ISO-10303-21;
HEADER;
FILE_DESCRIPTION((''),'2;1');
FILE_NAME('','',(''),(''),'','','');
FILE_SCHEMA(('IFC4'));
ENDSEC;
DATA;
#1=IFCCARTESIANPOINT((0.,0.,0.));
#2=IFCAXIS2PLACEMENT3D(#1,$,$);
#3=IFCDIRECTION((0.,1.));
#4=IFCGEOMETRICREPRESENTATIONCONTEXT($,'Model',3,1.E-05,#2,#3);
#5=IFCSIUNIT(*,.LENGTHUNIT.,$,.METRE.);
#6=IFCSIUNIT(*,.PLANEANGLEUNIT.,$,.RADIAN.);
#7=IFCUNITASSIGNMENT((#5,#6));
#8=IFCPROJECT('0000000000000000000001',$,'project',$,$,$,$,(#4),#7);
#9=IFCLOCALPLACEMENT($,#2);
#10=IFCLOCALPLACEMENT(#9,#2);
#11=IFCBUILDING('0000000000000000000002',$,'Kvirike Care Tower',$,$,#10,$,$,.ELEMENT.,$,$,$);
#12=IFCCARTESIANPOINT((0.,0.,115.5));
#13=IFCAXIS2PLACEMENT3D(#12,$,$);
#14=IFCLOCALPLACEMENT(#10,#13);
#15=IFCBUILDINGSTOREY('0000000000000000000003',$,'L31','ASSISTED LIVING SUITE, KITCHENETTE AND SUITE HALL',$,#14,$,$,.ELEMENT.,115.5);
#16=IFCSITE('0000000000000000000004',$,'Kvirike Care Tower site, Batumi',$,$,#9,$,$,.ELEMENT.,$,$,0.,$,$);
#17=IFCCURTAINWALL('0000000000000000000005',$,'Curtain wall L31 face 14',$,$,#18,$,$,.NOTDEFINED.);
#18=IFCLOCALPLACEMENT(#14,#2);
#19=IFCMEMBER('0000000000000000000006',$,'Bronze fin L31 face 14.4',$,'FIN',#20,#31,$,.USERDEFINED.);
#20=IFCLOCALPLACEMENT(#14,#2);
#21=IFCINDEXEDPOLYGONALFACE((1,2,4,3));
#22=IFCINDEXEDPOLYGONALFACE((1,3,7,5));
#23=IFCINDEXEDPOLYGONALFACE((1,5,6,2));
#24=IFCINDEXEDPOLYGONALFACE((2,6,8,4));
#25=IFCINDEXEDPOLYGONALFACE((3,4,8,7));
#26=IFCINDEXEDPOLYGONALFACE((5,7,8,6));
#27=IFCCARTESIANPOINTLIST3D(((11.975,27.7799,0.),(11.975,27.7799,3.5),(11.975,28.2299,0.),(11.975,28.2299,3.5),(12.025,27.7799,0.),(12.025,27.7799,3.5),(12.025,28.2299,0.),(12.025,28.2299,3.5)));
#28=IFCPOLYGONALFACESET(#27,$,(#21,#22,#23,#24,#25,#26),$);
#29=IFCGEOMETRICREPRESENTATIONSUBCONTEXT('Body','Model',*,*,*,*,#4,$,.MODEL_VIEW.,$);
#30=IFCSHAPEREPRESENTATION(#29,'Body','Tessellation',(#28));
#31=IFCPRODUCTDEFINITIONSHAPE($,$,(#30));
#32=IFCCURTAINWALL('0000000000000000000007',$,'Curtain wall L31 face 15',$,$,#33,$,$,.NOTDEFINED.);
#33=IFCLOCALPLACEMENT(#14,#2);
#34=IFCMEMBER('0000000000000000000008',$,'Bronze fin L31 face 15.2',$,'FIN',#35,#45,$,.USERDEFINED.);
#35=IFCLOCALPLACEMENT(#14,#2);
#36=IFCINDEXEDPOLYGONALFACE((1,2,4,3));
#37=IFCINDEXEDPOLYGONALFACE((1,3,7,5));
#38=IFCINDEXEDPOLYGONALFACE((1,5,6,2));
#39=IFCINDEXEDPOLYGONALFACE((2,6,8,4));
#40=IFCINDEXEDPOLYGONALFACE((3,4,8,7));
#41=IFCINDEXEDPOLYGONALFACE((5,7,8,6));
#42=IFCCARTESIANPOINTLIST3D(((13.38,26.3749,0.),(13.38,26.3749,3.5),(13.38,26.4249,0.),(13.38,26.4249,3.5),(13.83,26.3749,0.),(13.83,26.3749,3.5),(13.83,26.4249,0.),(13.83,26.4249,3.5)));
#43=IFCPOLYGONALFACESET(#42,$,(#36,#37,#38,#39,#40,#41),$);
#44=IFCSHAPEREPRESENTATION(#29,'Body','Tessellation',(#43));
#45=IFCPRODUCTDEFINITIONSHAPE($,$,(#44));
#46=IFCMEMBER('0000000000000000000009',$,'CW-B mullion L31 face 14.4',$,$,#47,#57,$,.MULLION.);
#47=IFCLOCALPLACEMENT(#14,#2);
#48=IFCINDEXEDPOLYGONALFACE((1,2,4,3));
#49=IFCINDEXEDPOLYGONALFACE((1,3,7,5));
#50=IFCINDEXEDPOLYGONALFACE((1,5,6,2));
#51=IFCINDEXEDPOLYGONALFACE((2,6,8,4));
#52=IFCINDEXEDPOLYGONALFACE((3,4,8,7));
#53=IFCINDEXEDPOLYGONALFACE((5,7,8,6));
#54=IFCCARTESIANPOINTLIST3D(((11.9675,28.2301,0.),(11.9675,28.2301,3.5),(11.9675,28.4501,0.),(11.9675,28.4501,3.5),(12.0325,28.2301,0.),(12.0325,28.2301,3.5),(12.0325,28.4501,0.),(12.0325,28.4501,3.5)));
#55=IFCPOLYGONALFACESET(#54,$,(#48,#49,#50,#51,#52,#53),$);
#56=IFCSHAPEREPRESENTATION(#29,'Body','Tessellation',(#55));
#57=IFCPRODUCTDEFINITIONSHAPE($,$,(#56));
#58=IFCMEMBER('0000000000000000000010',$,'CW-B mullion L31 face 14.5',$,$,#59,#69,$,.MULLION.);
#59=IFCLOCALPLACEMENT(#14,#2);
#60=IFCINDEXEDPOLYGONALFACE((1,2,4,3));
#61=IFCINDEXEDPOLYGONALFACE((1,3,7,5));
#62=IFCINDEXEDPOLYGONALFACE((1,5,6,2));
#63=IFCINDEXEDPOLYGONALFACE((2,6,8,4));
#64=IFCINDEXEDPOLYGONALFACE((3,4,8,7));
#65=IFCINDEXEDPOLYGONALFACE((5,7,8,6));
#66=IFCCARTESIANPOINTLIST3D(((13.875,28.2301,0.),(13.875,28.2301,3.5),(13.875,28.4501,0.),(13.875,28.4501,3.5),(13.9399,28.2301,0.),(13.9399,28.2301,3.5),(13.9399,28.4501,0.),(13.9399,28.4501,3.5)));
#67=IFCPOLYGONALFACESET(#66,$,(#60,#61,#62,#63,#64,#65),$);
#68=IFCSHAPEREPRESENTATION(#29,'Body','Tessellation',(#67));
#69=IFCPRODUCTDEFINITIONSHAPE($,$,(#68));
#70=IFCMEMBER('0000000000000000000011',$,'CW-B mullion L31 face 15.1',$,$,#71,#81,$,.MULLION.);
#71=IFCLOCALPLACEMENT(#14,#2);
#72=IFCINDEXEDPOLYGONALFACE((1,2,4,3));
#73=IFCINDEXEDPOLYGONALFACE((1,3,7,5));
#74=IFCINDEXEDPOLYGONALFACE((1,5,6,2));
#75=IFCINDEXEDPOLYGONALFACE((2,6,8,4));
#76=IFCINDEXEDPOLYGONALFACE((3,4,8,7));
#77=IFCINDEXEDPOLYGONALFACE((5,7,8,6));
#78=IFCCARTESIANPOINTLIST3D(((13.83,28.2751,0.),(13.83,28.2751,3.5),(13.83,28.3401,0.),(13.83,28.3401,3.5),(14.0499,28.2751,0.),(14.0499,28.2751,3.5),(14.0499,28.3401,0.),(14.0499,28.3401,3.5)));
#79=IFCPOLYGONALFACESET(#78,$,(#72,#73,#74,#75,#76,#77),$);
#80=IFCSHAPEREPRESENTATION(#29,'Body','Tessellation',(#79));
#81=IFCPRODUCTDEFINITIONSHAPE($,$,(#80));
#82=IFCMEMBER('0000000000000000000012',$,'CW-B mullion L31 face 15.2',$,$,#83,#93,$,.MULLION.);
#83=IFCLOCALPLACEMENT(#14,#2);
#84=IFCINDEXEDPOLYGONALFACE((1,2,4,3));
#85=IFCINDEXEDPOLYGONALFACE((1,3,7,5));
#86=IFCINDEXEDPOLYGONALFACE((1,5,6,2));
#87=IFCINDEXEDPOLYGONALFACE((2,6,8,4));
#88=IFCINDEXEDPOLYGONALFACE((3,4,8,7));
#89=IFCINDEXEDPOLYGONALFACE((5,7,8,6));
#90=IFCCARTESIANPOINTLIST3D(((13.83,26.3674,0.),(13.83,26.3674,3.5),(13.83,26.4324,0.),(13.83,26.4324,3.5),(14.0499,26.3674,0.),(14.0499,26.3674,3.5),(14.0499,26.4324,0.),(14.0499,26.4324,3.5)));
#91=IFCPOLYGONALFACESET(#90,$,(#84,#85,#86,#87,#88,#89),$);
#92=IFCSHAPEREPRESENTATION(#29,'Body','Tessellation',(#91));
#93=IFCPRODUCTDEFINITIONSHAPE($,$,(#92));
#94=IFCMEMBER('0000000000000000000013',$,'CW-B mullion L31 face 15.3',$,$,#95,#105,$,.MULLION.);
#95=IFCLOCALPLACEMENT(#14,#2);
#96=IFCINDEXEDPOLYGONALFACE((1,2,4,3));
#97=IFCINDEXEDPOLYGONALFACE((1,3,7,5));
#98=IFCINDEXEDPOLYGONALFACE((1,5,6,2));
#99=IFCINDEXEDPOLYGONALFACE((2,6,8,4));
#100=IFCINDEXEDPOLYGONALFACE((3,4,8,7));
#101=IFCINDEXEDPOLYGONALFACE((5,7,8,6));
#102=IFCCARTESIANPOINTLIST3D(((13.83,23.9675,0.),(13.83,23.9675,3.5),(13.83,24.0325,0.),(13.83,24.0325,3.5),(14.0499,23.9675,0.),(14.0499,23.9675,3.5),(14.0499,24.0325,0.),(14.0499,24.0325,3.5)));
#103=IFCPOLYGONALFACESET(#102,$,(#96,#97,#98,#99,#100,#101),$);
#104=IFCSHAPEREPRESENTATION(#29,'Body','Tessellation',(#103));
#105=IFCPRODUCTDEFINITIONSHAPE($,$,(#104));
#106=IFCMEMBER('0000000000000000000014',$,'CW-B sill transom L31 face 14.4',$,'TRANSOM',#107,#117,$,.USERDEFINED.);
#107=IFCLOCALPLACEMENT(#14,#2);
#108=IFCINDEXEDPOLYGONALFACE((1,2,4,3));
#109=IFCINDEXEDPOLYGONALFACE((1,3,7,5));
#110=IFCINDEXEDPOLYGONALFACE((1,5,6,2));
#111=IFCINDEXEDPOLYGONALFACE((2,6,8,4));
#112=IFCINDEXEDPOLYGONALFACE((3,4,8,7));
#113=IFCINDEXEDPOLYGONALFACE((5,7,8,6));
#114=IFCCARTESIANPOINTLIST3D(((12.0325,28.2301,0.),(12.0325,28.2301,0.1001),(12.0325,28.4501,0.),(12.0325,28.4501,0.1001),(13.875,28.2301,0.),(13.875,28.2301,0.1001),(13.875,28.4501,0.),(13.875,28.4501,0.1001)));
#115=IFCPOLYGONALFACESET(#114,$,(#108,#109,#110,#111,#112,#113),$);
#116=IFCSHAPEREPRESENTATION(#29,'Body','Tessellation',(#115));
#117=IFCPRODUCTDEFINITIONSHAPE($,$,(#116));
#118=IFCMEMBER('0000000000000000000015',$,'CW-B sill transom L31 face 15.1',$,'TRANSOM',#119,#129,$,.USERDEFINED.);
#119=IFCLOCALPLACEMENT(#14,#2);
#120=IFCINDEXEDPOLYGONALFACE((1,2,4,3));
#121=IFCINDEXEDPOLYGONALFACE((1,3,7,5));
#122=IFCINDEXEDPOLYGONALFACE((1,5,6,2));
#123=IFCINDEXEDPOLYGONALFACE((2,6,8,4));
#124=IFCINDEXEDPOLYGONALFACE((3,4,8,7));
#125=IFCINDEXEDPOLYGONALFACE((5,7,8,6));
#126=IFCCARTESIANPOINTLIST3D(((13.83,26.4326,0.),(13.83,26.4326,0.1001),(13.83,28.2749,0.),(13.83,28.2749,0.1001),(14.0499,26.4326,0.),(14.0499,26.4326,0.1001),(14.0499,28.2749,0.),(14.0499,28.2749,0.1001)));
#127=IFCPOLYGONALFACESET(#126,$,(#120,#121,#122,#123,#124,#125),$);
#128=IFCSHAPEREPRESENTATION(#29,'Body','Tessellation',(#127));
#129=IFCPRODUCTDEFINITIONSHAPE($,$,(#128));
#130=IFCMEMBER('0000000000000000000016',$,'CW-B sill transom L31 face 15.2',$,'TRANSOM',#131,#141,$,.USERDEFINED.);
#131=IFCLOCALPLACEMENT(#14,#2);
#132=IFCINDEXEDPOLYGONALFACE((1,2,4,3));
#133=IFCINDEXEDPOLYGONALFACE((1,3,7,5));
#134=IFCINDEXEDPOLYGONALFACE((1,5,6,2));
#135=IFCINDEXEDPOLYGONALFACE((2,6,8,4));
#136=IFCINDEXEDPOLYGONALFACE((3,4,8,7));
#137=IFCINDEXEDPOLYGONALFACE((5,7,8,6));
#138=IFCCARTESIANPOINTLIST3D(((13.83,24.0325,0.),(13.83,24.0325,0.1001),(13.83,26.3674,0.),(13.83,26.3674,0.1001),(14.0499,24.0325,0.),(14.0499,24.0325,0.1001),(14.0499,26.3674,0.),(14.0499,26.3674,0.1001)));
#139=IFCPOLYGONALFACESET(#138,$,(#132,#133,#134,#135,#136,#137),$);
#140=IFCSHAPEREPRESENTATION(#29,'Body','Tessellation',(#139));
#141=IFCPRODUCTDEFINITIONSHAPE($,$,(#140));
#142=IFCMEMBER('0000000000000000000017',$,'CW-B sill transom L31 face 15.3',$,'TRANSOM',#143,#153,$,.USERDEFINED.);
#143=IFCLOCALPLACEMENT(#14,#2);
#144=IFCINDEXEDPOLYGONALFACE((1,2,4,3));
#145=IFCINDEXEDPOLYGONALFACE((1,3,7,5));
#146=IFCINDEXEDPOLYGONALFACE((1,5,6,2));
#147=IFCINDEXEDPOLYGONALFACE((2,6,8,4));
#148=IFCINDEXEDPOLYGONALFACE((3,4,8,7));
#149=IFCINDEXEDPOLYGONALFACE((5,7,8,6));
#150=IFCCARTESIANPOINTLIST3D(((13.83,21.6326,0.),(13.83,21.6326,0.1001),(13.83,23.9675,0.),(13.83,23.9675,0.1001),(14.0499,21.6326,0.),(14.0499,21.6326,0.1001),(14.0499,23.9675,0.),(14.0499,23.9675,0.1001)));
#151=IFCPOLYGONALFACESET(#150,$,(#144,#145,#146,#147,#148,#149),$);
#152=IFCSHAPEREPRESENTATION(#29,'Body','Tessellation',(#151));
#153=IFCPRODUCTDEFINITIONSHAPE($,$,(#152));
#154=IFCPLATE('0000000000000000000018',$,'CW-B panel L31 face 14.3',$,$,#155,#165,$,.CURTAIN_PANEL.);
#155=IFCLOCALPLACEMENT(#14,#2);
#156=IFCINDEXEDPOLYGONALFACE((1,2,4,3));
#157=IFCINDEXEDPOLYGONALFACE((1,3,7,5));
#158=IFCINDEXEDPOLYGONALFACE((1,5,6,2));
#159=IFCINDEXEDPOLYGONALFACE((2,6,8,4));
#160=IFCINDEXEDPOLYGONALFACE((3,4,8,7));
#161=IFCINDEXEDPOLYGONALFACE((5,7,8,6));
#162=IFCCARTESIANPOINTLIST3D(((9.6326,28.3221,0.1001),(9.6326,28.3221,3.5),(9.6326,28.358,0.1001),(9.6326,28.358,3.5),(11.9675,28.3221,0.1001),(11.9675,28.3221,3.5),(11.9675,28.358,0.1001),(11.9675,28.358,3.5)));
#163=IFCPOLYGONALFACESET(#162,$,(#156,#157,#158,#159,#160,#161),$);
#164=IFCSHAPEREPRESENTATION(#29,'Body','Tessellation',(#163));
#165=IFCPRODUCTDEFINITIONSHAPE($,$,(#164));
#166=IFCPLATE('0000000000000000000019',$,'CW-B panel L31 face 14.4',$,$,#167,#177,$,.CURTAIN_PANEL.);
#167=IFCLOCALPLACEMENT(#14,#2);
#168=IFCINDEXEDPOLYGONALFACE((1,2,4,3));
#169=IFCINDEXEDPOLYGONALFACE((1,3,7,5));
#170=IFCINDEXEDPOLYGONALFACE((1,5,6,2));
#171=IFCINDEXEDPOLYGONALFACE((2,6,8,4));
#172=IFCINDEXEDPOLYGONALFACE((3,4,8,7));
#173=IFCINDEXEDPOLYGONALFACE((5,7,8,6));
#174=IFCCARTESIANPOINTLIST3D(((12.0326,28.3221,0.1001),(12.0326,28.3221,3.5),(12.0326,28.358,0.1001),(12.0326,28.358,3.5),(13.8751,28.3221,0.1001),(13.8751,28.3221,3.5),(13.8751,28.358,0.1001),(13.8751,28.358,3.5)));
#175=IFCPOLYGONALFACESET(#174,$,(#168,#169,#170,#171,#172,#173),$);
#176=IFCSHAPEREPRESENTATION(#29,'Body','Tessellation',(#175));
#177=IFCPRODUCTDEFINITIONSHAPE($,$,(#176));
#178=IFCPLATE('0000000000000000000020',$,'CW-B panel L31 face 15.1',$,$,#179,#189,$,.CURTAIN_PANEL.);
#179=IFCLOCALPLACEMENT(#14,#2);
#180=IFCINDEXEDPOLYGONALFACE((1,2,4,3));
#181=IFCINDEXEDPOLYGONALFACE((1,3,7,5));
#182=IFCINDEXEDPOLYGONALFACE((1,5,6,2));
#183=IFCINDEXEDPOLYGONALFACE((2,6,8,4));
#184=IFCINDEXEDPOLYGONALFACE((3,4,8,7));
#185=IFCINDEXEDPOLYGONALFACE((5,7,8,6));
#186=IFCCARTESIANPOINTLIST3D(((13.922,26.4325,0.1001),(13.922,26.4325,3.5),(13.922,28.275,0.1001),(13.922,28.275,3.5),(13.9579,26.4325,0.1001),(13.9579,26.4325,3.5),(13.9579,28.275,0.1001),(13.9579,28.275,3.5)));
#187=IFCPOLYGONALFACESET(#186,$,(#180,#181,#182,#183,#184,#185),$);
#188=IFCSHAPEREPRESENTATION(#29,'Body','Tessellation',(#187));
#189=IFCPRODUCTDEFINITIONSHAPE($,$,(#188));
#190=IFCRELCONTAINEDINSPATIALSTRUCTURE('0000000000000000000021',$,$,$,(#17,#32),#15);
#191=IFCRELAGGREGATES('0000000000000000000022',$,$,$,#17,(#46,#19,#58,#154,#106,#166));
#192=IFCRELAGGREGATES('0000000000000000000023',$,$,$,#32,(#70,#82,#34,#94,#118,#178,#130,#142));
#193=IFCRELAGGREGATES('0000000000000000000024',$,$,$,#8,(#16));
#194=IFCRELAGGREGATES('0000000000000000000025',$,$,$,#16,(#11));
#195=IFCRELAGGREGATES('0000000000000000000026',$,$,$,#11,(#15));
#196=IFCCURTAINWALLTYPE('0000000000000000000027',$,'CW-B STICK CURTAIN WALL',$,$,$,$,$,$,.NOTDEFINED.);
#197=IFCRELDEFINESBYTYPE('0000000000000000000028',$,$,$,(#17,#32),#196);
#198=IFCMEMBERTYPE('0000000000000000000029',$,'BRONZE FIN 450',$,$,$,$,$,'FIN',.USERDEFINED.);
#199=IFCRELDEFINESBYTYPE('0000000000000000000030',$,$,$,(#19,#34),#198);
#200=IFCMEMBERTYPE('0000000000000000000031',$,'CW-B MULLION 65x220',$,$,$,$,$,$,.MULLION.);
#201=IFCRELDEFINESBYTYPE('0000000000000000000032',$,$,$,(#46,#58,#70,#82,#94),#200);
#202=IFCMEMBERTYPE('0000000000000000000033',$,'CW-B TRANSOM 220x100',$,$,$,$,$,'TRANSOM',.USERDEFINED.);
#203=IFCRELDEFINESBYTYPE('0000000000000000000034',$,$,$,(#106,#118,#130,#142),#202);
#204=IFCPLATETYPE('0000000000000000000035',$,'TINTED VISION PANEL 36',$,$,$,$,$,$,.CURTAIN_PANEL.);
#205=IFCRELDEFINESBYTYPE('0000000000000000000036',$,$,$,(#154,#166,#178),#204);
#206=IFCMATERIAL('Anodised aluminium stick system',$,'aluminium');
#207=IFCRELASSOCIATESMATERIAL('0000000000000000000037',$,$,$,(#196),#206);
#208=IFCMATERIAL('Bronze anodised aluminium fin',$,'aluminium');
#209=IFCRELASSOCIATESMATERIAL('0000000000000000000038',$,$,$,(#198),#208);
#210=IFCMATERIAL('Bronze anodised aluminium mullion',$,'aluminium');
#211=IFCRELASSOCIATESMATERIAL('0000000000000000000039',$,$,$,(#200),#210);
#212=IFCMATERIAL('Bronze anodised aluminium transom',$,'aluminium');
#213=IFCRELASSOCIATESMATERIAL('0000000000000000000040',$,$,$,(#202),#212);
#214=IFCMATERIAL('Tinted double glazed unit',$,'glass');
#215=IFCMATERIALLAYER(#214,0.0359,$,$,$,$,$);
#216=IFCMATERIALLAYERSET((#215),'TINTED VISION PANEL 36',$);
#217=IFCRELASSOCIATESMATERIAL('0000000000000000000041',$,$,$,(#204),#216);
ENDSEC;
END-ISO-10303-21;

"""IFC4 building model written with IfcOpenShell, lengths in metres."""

from ifc_helpers import new_model, si_unit, direction, frame, origin, origin_2d, place, context, subcontext, project, spatial, rectangle, extrude, material, layer, layer_set, material_profile, profile_set, type_object, element, aggregate, save


model = new_model("IFC4")

# Units and contexts
model_context = context("Model", 3, precision=1e-05, world=origin(), true_north=direction((0.0, 1.0)))
body_context = subcontext(model_context, "Body", "Model", "MODEL_VIEW")
ifc_project = project(units=[si_unit("LENGTHUNIT", "METRE"), si_unit("PLANEANGLEUNIT", "RADIAN")], contexts=[model_context])

# Site, building, storey
site_placement = place(None, origin())
site = spatial("IfcSite", under=ifc_project, at=site_placement, Name="Kvirike Care Tower site, Batumi", CompositionType="ELEMENT", RefElevation=0.0)
building_placement = place(site_placement, origin())
building = spatial("IfcBuilding", under=site, at=building_placement, Name="Kvirike Care Tower", CompositionType="ELEMENT")
storey_placement = place(building_placement, frame((0.0, 0.0, 115.5)))
storey = spatial("IfcBuildingStorey", under=building, at=storey_placement, Name="L31", Description="ASSISTED LIVING SUITE, KITCHENETTE AND SUITE HALL", CompositionType="ELEMENT", Elevation=115.5)

# Curtain walls, members
ifc_material_1 = material(Name="Anodised aluminium stick system", Category="aluminium")
curtain_wall_type = type_object("IfcCurtainWallType", Name="CW-B STICK CURTAIN WALL", PredefinedType="NOTDEFINED", material=ifc_material_1)
curtain_wall_1_placement = place(storey_placement, origin())
curtain_wall_1 = element("IfcCurtainWall", 1, at=curtain_wall_1_placement, inside=storey, type_object=curtain_wall_type, Name="Curtain wall L31 face 14", PredefinedType="NOTDEFINED")
ifc_material_2 = material(Name="Bronze anodised aluminium fin", Category="aluminium")
ifc_material_profile_1 = material_profile(ifc_material_2, rectangle(XDim=0.05, YDim=0.45, at=origin_2d()), Name="BRONZE FIN 450")
ifc_profile_set_1 = profile_set([ifc_material_profile_1], Name="Bronze anodised aluminium fin")
member_type_1 = type_object("IfcMemberType", Name="BRONZE FIN 450", ElementType="FIN", PredefinedType="USERDEFINED", material=ifc_profile_set_1)
member_1_placement = place(storey_placement, frame((12.0, 28.0049, 0.0), z_axis=(0.0, 0.0, 1.0), x_axis=(1.0, 0.0, 0.0)))
member_1 = element("IfcMember", 2, at=member_1_placement, type_object=member_type_1, Name="Bronze fin L31 face 14.4", ObjectType="FIN", PredefinedType="USERDEFINED", context=body_context, shape_type="SweptSolid", body=[
    extrude(rectangle(XDim=0.05, YDim=0.45, at=origin_2d()), origin(), (0.0, 0.0, 1.0), 3.5),
])
curtain_wall_2_placement = place(storey_placement, origin())
curtain_wall_2 = element("IfcCurtainWall", 3, at=curtain_wall_2_placement, inside=storey, type_object=curtain_wall_type, Name="Curtain wall L31 face 15", PredefinedType="NOTDEFINED")
member_2_placement = place(storey_placement, frame((13.605, 26.3999, 0.0), z_axis=(0.0, 0.0, 1.0), x_axis=(0.0, -1.0, 0.0)))
member_2 = element("IfcMember", 4, at=member_2_placement, type_object=member_type_1, Name="Bronze fin L31 face 15.2", ObjectType="FIN", PredefinedType="USERDEFINED", context=body_context, shape_type="SweptSolid", body=[
    extrude(rectangle(XDim=0.05, YDim=0.45, at=origin_2d()), origin(), (0.0, 0.0, 1.0), 3.5),
])

# Members
ifc_material_3 = material(Name="Bronze anodised aluminium mullion", Category="aluminium")
ifc_material_profile_2 = material_profile(ifc_material_3, rectangle(XDim=0.0649, YDim=0.22, at=origin_2d()), Name="CW-B MULLION 65x220")
ifc_profile_set_2 = profile_set([ifc_material_profile_2], Name="Bronze anodised aluminium mullion")
member_type_2 = type_object("IfcMemberType", Name="CW-B MULLION 65x220", PredefinedType="MULLION", material=ifc_profile_set_2)
member_3_placement = place(storey_placement, frame((12.0, 28.3401, 0.0), z_axis=(0.0, 0.0, 1.0), x_axis=(1.0, 0.0, 0.0)))
member_3 = element("IfcMember", 5, at=member_3_placement, type_object=member_type_2, Name="CW-B mullion L31 face 14.4", PredefinedType="MULLION", context=body_context, shape_type="SweptSolid", body=[
    extrude(rectangle(XDim=0.0649, YDim=0.22, at=origin_2d()), origin(), (0.0, 0.0, 1.0), 3.5),
])
member_4_placement = place(storey_placement, frame((13.9075, 28.3401, 0.0), z_axis=(0.0, 0.0, 1.0), x_axis=(1.0, 0.0, 0.0)))
member_4 = element("IfcMember", 6, at=member_4_placement, type_object=member_type_2, Name="CW-B mullion L31 face 14.5", PredefinedType="MULLION", context=body_context, shape_type="SweptSolid", body=[
    extrude(rectangle(XDim=0.0649, YDim=0.22, at=origin_2d()), origin(), (0.0, 0.0, 1.0), 3.5),
])
member_5_placement = place(storey_placement, frame((13.9399, 28.3076, 0.0), z_axis=(0.0, 0.0, 1.0), x_axis=(0.0, -1.0, 0.0)))
member_5 = element("IfcMember", 7, at=member_5_placement, type_object=member_type_2, Name="CW-B mullion L31 face 15.1", PredefinedType="MULLION", context=body_context, shape_type="SweptSolid", body=[
    extrude(rectangle(XDim=0.0649, YDim=0.22, at=origin_2d()), origin(), (0.0, 0.0, 1.0), 3.5),
])
member_6_placement = place(storey_placement, frame((13.9399, 26.3999, 0.0), z_axis=(0.0, 0.0, 1.0), x_axis=(0.0, -1.0, 0.0)))
member_6 = element("IfcMember", 8, at=member_6_placement, type_object=member_type_2, Name="CW-B mullion L31 face 15.2", PredefinedType="MULLION", context=body_context, shape_type="SweptSolid", body=[
    extrude(rectangle(XDim=0.0649, YDim=0.22, at=origin_2d()), origin(), (0.0, 0.0, 1.0), 3.5),
])
member_7_placement = place(storey_placement, frame((13.9399, 24.0, 0.0), z_axis=(0.0, 0.0, 1.0), x_axis=(0.0, -1.0, 0.0)))
member_7 = element("IfcMember", 9, at=member_7_placement, type_object=member_type_2, Name="CW-B mullion L31 face 15.3", PredefinedType="MULLION", context=body_context, shape_type="SweptSolid", body=[
    extrude(rectangle(XDim=0.0649, YDim=0.22, at=origin_2d()), origin(), (0.0, 0.0, 1.0), 3.5),
])
ifc_material_4 = material(Name="Bronze anodised aluminium transom", Category="aluminium")
ifc_material_profile_3 = material_profile(ifc_material_4, rectangle(XDim=0.22, YDim=0.1001, at=origin_2d()), Name="CW-B TRANSOM 220x100")
ifc_profile_set_3 = profile_set([ifc_material_profile_3], Name="Bronze anodised aluminium transom")
member_type_3 = type_object("IfcMemberType", Name="CW-B TRANSOM 220x100", ElementType="TRANSOM", PredefinedType="USERDEFINED", material=ifc_profile_set_3)
member_8_placement = place(storey_placement, frame((12.0325, 28.3401, 0.05), z_axis=(1.0, 0.0, 0.0), x_axis=(0.0, 1.0, 0.0)))
member_8 = element("IfcMember", 10, at=member_8_placement, type_object=member_type_3, Name="CW-B sill transom L31 face 14.4", ObjectType="TRANSOM", PredefinedType="USERDEFINED", context=body_context, shape_type="SweptSolid", body=[
    extrude(rectangle(XDim=0.22, YDim=0.1001, at=origin_2d()), origin(), (0.0, 0.0, 1.0), 1.8425),
])
member_9_placement = place(storey_placement, frame((13.9399, 28.2749, 0.05), z_axis=(0.0, -1.0, 0.0), x_axis=(1.0, 0.0, 0.0)))
member_9 = element("IfcMember", 11, at=member_9_placement, type_object=member_type_3, Name="CW-B sill transom L31 face 15.1", ObjectType="TRANSOM", PredefinedType="USERDEFINED", context=body_context, shape_type="SweptSolid", body=[
    extrude(rectangle(XDim=0.22, YDim=0.1001, at=origin_2d()), origin(), (0.0, 0.0, 1.0), 1.8423),
])
member_10_placement = place(storey_placement, frame((13.9399, 26.3674, 0.05), z_axis=(0.0, -1.0, 0.0), x_axis=(1.0, 0.0, 0.0)))
member_10 = element("IfcMember", 12, at=member_10_placement, type_object=member_type_3, Name="CW-B sill transom L31 face 15.2", ObjectType="TRANSOM", PredefinedType="USERDEFINED", context=body_context, shape_type="SweptSolid", body=[
    extrude(rectangle(XDim=0.22, YDim=0.1001, at=origin_2d()), origin(), (0.0, 0.0, 1.0), 2.335),
])
member_11_placement = place(storey_placement, frame((13.9399, 23.9675, 0.05), z_axis=(0.0, -1.0, 0.0), x_axis=(1.0, 0.0, 0.0)))
member_11 = element("IfcMember", 13, at=member_11_placement, type_object=member_type_3, Name="CW-B sill transom L31 face 15.3", ObjectType="TRANSOM", PredefinedType="USERDEFINED", context=body_context, shape_type="SweptSolid", body=[
    extrude(rectangle(XDim=0.22, YDim=0.1001, at=origin_2d()), origin(), (0.0, 0.0, 1.0), 2.335),
])

# Plates
ifc_material_5 = material(Name="Tinted double glazed unit", Category="glass")
ifc_layer_1 = layer(ifc_material_5, 0.0359)
ifc_layer_set_1 = layer_set([ifc_layer_1], Name="TINTED VISION PANEL 36")
plate_type = type_object("IfcPlateType", Name="TINTED VISION PANEL 36", PredefinedType="CURTAIN_PANEL", material=ifc_layer_set_1)
plate_1_placement = place(storey_placement, frame((10.8, 28.3401, 0.1001), z_axis=(0.0, 0.0, 1.0), x_axis=(1.0, 0.0, 0.0)))
plate_1 = element("IfcPlate", 14, at=plate_1_placement, type_object=plate_type, Name="CW-B panel L31 face 14.3", PredefinedType="CURTAIN_PANEL", context=body_context, shape_type="SweptSolid", body=[
    extrude(rectangle(XDim=2.335, YDim=0.0359, at=origin_2d()), origin(), (0.0, 0.0, 1.0), 3.3999),
])
plate_2_placement = place(storey_placement, frame((12.9539, 28.3401, 0.1001), z_axis=(0.0, 0.0, 1.0), x_axis=(1.0, 0.0, 0.0)))
plate_2 = element("IfcPlate", 15, at=plate_2_placement, type_object=plate_type, Name="CW-B panel L31 face 14.4", PredefinedType="CURTAIN_PANEL", context=body_context, shape_type="SweptSolid", body=[
    extrude(rectangle(XDim=1.8425, YDim=0.0359, at=origin_2d()), origin(), (0.0, 0.0, 1.0), 3.3999),
])
aggregate(curtain_wall_1, [member_3, member_1, member_4, plate_1, member_8, plate_2])
plate_3_placement = place(storey_placement, frame((13.9399, 27.3538, 0.1001), z_axis=(0.0, 0.0, 1.0), x_axis=(0.0, -1.0, 0.0)))
plate_3 = element("IfcPlate", 16, at=plate_3_placement, type_object=plate_type, Name="CW-B panel L31 face 15.1", PredefinedType="CURTAIN_PANEL", context=body_context, shape_type="SweptSolid", body=[
    extrude(rectangle(XDim=1.8425, YDim=0.0359, at=origin_2d()), origin(), (0.0, 0.0, 1.0), 3.3999),
])
aggregate(curtain_wall_2, [member_5, member_6, member_2, member_7, member_9, plate_3, member_10, member_11])

save(model, "model.ifc")
